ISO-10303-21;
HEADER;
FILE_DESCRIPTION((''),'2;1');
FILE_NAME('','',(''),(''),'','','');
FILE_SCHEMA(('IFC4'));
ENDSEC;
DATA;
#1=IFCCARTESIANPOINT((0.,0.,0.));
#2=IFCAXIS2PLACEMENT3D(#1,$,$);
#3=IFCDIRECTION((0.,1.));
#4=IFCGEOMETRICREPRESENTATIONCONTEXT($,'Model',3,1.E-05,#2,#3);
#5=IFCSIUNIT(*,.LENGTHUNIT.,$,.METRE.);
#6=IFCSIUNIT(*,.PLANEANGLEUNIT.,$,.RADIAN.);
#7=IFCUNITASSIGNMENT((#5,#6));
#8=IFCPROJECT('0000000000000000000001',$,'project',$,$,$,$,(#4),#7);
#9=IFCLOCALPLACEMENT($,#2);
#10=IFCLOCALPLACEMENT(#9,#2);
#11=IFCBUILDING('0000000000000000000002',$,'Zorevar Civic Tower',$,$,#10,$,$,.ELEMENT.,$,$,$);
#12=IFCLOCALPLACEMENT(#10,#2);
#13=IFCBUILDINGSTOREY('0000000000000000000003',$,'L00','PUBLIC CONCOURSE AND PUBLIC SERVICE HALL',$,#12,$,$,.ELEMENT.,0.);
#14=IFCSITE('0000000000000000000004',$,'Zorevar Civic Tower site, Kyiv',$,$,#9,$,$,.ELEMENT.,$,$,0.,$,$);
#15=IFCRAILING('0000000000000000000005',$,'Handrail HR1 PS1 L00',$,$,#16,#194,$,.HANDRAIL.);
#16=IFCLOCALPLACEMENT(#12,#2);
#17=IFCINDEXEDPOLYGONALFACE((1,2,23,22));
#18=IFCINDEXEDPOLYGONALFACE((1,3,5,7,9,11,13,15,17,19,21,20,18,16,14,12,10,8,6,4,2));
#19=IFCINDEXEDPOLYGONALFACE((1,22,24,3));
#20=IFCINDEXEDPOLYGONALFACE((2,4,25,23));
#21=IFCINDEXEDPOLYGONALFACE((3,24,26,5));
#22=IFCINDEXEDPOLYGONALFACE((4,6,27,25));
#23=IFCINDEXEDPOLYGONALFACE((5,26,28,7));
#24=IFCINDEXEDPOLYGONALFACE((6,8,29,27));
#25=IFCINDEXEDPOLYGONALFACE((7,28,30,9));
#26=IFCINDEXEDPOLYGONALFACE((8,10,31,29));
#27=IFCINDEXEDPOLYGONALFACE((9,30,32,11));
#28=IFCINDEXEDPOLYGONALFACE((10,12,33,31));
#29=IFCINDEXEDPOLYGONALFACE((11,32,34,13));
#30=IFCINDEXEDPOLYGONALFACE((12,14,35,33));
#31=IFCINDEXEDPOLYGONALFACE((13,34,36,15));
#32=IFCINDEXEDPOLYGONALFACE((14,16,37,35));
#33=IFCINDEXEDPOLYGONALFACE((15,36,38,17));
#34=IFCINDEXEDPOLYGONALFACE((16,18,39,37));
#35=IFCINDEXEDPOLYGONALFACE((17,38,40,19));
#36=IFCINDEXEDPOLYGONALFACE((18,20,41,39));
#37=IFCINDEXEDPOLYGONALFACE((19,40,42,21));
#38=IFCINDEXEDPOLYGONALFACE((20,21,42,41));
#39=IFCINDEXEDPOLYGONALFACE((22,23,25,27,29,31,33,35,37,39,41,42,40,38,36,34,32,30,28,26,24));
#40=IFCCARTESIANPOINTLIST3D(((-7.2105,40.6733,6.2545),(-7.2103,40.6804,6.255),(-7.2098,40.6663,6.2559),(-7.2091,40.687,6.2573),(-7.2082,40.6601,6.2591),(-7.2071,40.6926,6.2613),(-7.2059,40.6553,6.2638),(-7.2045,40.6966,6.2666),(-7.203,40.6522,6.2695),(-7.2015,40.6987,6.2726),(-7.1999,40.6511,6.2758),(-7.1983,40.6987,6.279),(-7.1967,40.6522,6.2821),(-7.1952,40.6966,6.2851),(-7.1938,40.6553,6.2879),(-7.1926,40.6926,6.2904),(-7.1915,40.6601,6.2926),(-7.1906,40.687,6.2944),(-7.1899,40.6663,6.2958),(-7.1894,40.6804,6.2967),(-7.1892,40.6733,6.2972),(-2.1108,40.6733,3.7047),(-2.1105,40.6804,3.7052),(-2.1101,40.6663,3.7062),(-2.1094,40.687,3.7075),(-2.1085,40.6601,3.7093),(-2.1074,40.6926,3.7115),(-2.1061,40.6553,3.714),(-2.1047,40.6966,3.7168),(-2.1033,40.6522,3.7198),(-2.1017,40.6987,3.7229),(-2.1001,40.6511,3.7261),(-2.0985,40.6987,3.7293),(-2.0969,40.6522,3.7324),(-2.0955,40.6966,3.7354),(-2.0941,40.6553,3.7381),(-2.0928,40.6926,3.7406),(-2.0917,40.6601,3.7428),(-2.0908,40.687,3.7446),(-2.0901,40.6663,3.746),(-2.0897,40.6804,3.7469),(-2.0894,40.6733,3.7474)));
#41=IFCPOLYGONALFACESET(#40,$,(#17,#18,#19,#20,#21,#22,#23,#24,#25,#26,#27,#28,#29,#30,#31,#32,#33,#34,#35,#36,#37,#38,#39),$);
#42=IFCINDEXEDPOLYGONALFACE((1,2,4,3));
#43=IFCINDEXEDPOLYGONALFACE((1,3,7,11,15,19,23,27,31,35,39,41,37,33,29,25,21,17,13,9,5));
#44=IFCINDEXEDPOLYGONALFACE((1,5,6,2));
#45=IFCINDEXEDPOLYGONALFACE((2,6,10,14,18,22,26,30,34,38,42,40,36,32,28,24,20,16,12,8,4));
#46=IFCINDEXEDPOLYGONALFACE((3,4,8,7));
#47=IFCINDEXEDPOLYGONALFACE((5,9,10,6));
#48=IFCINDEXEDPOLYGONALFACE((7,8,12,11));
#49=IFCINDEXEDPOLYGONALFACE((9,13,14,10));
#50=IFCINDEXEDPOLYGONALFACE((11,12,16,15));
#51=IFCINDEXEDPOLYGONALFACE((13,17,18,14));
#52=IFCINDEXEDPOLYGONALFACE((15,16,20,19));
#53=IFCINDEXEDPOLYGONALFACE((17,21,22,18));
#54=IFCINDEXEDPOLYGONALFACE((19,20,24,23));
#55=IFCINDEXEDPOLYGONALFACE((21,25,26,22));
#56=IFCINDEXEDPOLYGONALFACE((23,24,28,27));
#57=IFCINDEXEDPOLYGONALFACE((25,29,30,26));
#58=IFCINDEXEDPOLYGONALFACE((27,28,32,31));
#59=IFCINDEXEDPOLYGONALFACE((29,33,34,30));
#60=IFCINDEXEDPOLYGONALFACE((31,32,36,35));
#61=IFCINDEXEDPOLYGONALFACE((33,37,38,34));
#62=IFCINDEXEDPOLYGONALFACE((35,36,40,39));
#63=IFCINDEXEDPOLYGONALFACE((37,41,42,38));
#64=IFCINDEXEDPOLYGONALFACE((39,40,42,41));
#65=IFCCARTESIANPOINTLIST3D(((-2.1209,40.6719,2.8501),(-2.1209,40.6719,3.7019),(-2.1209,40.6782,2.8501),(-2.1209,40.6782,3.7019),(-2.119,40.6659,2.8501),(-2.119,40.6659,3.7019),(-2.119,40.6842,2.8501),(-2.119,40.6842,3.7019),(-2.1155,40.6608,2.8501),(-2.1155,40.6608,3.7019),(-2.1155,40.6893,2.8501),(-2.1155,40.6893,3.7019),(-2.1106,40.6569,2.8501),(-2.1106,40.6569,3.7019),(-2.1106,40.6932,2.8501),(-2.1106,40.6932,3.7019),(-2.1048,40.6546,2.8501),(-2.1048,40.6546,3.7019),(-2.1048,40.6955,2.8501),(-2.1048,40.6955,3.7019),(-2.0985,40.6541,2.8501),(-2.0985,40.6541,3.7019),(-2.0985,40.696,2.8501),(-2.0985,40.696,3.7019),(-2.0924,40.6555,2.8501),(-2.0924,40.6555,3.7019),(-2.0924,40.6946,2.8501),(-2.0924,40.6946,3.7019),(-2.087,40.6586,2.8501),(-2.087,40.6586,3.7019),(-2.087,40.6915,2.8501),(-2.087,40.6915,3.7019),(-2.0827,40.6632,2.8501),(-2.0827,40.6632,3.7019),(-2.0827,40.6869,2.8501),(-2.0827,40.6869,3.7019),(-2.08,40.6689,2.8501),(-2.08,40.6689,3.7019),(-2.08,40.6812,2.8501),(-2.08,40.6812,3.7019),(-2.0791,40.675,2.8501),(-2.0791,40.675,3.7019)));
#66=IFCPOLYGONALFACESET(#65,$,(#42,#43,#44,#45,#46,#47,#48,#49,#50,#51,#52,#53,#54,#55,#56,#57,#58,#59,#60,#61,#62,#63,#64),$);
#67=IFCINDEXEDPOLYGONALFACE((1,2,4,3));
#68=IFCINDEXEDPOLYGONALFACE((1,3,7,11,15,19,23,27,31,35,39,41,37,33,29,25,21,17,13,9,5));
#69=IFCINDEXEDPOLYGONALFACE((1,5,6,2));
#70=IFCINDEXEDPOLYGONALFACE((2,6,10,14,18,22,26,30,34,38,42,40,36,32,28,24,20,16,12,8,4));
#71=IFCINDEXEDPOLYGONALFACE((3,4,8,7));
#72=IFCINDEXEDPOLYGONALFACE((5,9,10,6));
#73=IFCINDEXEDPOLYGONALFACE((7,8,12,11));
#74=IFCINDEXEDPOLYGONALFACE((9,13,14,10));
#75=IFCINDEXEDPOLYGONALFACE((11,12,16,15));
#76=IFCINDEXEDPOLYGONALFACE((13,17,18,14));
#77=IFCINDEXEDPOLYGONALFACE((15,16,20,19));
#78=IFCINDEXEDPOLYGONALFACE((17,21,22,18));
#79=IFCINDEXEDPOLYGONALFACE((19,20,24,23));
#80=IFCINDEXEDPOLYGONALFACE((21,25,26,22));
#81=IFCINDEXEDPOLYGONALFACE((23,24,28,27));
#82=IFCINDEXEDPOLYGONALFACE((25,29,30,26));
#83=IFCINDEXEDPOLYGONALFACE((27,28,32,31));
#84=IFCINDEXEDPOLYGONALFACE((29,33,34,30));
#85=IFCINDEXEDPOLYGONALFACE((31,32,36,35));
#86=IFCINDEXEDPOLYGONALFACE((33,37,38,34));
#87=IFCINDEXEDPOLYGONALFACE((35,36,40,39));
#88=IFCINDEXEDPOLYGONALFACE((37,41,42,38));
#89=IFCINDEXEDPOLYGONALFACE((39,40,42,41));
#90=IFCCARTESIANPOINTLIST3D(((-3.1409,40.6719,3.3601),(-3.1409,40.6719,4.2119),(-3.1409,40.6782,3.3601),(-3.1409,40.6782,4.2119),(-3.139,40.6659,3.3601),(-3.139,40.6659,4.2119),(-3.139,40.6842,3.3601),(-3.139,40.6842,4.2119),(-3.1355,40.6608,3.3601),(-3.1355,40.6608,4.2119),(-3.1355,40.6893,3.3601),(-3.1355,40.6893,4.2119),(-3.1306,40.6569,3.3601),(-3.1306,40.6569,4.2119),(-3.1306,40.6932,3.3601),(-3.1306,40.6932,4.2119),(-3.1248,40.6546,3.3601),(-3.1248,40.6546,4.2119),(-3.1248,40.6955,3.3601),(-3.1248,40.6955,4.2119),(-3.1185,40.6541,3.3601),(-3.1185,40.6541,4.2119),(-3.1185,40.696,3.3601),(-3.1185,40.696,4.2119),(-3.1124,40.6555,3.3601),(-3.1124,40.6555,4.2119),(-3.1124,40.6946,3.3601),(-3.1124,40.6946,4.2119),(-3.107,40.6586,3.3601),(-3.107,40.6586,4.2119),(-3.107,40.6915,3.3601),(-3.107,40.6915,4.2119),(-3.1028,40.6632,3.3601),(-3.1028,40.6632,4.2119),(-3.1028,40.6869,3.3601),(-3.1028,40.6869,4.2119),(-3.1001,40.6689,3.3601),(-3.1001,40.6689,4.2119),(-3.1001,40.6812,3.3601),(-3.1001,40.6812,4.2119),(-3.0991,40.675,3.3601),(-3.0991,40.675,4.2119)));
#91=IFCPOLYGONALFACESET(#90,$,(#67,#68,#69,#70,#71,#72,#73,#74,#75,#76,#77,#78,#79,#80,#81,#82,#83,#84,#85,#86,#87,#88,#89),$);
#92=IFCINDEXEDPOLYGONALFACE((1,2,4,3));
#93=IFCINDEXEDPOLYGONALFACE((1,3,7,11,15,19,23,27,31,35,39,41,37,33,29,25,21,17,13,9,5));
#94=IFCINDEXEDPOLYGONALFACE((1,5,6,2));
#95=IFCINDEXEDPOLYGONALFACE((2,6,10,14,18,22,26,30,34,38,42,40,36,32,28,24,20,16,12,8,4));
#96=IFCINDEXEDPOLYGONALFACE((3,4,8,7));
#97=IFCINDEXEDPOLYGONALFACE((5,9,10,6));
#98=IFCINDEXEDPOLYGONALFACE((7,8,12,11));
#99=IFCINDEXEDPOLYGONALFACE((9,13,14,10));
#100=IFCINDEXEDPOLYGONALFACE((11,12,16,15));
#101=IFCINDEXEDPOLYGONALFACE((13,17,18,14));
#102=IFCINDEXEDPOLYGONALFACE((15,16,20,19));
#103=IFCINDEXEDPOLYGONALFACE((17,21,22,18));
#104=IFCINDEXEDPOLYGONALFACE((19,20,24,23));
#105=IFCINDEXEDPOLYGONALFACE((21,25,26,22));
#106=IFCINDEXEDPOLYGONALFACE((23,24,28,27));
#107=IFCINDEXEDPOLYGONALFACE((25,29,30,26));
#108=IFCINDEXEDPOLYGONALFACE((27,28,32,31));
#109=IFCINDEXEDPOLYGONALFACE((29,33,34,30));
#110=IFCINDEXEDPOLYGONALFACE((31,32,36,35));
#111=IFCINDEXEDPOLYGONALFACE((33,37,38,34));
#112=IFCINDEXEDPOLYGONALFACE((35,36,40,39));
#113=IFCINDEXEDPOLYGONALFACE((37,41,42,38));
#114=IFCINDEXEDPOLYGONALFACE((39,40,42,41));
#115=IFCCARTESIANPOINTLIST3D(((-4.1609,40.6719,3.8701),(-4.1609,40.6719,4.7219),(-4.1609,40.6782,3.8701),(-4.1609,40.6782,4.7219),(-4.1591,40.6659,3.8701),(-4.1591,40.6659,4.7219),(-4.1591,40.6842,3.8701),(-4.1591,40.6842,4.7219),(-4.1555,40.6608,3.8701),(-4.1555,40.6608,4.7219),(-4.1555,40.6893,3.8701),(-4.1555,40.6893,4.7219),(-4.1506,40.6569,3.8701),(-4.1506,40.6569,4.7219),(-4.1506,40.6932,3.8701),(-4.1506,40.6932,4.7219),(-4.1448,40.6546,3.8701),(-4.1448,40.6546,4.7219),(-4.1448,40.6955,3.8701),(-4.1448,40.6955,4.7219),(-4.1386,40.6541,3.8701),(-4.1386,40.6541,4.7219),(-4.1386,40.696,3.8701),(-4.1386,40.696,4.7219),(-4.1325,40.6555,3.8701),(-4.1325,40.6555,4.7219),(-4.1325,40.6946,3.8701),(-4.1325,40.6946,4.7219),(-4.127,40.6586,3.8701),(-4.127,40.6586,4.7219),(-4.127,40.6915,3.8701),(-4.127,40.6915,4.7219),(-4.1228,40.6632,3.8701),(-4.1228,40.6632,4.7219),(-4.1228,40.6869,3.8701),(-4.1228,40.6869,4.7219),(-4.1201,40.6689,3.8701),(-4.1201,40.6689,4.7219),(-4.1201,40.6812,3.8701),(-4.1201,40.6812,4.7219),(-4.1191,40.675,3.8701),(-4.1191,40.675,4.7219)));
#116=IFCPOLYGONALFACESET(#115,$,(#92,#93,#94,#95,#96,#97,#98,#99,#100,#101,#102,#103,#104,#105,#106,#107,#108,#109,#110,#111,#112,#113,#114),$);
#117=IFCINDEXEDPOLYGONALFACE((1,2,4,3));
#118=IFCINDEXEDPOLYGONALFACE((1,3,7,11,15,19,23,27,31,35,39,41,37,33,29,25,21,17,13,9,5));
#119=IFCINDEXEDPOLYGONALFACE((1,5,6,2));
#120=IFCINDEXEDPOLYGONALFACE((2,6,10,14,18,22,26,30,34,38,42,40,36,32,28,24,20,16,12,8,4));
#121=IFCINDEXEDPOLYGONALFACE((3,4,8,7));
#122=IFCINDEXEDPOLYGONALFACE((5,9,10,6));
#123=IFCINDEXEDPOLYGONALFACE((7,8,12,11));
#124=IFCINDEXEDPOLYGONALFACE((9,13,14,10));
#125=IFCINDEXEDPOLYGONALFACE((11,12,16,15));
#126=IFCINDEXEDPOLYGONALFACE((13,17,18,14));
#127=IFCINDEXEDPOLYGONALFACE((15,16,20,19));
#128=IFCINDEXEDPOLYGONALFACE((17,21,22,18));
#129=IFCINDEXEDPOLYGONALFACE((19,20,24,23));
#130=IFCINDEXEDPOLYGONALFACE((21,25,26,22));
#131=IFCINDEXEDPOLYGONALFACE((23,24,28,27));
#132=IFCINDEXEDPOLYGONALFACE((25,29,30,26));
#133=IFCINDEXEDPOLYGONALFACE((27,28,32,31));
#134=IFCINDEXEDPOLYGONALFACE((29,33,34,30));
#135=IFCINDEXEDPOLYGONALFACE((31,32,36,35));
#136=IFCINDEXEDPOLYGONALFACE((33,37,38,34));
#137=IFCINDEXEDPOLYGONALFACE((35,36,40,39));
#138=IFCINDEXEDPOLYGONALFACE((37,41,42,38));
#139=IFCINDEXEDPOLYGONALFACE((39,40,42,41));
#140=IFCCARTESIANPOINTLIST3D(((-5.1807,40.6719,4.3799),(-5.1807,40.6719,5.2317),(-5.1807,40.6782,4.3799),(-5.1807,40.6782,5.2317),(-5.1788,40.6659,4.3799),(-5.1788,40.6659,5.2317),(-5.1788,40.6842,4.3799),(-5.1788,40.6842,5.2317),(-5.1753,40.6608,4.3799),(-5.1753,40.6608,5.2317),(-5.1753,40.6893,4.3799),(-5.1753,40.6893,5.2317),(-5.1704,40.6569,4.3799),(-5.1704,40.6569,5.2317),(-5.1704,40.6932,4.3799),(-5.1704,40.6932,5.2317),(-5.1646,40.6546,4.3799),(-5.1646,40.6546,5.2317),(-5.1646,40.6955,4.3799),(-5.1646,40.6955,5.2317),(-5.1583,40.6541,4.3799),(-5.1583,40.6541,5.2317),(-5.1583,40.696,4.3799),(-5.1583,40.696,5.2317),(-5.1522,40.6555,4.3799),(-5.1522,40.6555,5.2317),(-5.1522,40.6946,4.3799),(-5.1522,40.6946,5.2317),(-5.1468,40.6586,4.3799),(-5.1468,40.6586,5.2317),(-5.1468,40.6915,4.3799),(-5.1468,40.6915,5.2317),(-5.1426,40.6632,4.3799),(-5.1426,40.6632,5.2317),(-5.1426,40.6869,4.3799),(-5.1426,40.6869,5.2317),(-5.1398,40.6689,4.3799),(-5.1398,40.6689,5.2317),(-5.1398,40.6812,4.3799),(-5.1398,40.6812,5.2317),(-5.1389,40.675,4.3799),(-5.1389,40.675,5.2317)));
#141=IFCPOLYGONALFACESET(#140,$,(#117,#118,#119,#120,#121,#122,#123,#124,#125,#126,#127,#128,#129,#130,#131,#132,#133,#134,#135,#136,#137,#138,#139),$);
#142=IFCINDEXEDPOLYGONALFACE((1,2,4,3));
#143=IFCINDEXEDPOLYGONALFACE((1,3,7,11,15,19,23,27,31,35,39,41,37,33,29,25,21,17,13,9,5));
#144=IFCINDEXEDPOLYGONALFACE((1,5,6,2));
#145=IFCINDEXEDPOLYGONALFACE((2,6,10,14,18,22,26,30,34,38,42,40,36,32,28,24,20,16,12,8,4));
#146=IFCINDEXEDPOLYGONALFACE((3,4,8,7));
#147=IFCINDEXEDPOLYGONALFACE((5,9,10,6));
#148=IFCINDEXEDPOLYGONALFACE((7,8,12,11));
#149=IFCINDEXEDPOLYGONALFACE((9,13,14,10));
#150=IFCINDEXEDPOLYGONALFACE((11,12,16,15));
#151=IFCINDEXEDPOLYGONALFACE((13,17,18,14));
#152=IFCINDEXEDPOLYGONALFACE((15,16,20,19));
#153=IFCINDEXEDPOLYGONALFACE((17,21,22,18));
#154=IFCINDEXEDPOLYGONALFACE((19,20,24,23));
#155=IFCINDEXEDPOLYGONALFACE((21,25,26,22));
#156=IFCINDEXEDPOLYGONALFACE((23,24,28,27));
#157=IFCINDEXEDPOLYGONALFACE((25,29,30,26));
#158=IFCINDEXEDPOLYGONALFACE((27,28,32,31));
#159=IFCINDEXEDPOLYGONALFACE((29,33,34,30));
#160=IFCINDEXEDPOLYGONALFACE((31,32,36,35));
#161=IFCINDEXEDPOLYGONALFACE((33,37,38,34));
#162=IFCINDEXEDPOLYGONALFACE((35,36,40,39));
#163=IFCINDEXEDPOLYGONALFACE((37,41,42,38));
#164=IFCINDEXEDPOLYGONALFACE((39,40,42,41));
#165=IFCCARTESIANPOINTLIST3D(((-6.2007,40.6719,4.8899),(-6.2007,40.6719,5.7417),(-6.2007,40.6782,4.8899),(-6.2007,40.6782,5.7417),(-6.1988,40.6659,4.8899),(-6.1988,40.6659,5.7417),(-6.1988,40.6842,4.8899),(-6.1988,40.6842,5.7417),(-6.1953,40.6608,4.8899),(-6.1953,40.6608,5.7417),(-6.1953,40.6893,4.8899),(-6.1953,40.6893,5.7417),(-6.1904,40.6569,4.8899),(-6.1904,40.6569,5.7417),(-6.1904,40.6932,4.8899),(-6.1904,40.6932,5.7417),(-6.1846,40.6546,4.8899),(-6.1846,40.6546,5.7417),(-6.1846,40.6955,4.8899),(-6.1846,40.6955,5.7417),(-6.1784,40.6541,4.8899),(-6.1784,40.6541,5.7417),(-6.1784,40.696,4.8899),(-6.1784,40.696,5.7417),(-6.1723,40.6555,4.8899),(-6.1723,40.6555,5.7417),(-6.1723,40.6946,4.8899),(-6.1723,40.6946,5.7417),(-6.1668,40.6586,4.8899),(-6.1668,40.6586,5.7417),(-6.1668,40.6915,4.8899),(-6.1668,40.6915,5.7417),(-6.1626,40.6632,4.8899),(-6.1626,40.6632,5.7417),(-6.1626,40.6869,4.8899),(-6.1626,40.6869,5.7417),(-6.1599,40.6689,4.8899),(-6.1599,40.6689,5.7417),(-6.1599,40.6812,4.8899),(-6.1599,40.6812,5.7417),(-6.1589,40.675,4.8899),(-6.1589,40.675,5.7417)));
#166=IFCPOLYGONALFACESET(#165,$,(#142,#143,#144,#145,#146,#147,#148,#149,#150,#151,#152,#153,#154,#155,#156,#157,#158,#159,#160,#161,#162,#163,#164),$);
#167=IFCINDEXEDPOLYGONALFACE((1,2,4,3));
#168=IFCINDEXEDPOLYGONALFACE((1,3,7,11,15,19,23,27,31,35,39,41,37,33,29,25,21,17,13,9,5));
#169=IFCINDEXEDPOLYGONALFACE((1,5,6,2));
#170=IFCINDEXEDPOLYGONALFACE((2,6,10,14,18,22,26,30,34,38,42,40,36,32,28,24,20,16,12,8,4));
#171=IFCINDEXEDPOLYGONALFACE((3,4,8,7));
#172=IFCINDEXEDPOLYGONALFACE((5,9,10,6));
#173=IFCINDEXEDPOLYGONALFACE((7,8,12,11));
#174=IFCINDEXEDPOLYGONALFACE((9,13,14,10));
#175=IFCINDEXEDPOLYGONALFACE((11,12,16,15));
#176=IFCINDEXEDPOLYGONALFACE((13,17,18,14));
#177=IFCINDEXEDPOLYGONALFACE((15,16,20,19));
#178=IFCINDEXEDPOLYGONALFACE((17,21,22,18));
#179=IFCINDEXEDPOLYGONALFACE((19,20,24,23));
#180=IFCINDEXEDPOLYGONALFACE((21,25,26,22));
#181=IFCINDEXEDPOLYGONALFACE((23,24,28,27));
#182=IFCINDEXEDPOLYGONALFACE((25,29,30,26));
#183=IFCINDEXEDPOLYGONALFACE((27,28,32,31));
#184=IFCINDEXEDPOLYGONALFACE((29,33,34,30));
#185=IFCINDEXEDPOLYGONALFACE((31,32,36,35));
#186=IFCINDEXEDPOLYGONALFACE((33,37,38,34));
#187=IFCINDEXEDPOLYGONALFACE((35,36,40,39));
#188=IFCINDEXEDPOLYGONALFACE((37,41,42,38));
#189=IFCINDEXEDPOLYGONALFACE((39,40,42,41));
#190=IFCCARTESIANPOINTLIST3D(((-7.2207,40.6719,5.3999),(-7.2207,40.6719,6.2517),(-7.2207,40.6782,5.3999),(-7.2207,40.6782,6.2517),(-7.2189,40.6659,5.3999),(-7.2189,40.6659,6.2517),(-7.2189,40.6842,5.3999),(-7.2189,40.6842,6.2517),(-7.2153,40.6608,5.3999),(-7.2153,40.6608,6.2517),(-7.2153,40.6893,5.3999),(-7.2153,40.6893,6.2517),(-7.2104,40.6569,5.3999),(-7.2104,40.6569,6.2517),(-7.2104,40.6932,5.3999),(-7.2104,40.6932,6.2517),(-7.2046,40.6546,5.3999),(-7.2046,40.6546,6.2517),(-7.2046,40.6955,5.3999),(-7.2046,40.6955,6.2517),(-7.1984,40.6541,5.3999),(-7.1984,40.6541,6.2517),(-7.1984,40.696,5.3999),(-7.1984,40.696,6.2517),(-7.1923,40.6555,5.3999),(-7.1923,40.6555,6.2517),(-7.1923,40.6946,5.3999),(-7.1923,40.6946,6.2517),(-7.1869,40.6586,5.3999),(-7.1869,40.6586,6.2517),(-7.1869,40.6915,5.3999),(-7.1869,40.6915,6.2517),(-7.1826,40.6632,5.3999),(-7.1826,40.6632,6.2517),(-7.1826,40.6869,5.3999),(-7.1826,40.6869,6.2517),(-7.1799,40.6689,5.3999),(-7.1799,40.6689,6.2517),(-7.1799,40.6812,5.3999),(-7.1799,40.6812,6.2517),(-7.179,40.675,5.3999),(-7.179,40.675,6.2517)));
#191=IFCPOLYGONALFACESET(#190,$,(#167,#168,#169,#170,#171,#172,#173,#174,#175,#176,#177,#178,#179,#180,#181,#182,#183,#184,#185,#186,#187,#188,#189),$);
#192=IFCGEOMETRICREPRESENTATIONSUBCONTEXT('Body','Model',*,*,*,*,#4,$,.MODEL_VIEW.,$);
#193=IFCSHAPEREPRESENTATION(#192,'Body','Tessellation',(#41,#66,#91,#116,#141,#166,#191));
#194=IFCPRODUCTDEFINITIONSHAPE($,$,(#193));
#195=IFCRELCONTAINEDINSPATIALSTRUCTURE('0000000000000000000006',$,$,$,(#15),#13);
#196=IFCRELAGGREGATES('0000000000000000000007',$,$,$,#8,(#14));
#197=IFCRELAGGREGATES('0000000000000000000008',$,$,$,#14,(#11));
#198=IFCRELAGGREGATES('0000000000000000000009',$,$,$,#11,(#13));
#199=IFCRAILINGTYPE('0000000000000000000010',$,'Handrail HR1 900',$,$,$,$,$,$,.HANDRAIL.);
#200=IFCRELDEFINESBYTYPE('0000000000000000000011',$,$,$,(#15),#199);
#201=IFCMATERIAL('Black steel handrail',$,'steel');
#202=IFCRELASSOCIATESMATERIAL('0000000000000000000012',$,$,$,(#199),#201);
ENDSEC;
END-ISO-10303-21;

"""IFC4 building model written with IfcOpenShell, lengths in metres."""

from ifc_helpers import new_model, si_unit, direction, frame, origin, origin_2d, place, context, subcontext, project, spatial, circle, extrude, material, type_object, element, save


model = new_model("IFC4")

# Units and contexts
model_context = context("Model", 3, precision=1e-05, world=origin(), true_north=direction((0.0, 1.0)))
body_context = subcontext(model_context, "Body", "Model", "MODEL_VIEW")
ifc_project = project(units=[si_unit("LENGTHUNIT", "METRE"), si_unit("PLANEANGLEUNIT", "RADIAN")], contexts=[model_context])

# Site, building, storey
site_placement = place(None, origin())
site = spatial("IfcSite", under=ifc_project, at=site_placement, Name="Zorevar Civic Tower site, Kyiv", CompositionType="ELEMENT", RefElevation=0.0)
building_placement = place(site_placement, origin())
building = spatial("IfcBuilding", under=site, at=building_placement, Name="Zorevar Civic Tower", CompositionType="ELEMENT")
storey_placement = place(building_placement, origin())
storey = spatial("IfcBuildingStorey", under=building, at=storey_placement, Name="L00", Description="PUBLIC CONCOURSE AND PUBLIC SERVICE HALL", CompositionType="ELEMENT", Elevation=0.0)

# Railing
ifc_material_1 = material(Name="Black steel handrail", Category="steel")
railing_type = type_object("IfcRailingType", Name="Handrail HR1 900", PredefinedType="HANDRAIL", material=ifc_material_1)
railing_1_placement = place(storey_placement, frame((-2.1001, 40.675, 2.8501)))
element("IfcRailing", 1, at=railing_1_placement, inside=storey, type_object=railing_type, Name="Handrail HR1 PS1 L00", PredefinedType="HANDRAIL", context=body_context, shape_type="SweptSolid", body=[
    extrude(circle(Radius=0.0239, at=origin_2d()), frame((0.0, 0.0, 0.876), z_axis=(-0.894436, 0.0, 0.447196), x_axis=(0.0, -1.0, 0.0)), (0.0, 0.0, 1.0), 5.7017),
    extrude(circle(Radius=0.021, at=origin_2d()), origin(), (0.0, 0.0, 1.0), 0.8518),
    extrude(circle(Radius=0.021, at=origin_2d()), frame((-1.02, 0.0, 0.51)), (0.0, 0.0, 1.0), 0.8518),
    extrude(circle(Radius=0.021, at=origin_2d()), frame((-2.04, 0.0, 1.02)), (0.0, 0.0, 1.0), 0.8518),
    extrude(circle(Radius=0.021, at=origin_2d()), frame((-3.0598, 0.0, 1.5298)), (0.0, 0.0, 1.0), 0.8518),
    extrude(circle(Radius=0.021, at=origin_2d()), frame((-4.0798, 0.0, 2.0398)), (0.0, 0.0, 1.0), 0.8518),
    extrude(circle(Radius=0.021, at=origin_2d()), frame((-5.0999, 0.0, 2.5498)), (0.0, 0.0, 1.0), 0.8518),
])

save(model, "model.ifc")
